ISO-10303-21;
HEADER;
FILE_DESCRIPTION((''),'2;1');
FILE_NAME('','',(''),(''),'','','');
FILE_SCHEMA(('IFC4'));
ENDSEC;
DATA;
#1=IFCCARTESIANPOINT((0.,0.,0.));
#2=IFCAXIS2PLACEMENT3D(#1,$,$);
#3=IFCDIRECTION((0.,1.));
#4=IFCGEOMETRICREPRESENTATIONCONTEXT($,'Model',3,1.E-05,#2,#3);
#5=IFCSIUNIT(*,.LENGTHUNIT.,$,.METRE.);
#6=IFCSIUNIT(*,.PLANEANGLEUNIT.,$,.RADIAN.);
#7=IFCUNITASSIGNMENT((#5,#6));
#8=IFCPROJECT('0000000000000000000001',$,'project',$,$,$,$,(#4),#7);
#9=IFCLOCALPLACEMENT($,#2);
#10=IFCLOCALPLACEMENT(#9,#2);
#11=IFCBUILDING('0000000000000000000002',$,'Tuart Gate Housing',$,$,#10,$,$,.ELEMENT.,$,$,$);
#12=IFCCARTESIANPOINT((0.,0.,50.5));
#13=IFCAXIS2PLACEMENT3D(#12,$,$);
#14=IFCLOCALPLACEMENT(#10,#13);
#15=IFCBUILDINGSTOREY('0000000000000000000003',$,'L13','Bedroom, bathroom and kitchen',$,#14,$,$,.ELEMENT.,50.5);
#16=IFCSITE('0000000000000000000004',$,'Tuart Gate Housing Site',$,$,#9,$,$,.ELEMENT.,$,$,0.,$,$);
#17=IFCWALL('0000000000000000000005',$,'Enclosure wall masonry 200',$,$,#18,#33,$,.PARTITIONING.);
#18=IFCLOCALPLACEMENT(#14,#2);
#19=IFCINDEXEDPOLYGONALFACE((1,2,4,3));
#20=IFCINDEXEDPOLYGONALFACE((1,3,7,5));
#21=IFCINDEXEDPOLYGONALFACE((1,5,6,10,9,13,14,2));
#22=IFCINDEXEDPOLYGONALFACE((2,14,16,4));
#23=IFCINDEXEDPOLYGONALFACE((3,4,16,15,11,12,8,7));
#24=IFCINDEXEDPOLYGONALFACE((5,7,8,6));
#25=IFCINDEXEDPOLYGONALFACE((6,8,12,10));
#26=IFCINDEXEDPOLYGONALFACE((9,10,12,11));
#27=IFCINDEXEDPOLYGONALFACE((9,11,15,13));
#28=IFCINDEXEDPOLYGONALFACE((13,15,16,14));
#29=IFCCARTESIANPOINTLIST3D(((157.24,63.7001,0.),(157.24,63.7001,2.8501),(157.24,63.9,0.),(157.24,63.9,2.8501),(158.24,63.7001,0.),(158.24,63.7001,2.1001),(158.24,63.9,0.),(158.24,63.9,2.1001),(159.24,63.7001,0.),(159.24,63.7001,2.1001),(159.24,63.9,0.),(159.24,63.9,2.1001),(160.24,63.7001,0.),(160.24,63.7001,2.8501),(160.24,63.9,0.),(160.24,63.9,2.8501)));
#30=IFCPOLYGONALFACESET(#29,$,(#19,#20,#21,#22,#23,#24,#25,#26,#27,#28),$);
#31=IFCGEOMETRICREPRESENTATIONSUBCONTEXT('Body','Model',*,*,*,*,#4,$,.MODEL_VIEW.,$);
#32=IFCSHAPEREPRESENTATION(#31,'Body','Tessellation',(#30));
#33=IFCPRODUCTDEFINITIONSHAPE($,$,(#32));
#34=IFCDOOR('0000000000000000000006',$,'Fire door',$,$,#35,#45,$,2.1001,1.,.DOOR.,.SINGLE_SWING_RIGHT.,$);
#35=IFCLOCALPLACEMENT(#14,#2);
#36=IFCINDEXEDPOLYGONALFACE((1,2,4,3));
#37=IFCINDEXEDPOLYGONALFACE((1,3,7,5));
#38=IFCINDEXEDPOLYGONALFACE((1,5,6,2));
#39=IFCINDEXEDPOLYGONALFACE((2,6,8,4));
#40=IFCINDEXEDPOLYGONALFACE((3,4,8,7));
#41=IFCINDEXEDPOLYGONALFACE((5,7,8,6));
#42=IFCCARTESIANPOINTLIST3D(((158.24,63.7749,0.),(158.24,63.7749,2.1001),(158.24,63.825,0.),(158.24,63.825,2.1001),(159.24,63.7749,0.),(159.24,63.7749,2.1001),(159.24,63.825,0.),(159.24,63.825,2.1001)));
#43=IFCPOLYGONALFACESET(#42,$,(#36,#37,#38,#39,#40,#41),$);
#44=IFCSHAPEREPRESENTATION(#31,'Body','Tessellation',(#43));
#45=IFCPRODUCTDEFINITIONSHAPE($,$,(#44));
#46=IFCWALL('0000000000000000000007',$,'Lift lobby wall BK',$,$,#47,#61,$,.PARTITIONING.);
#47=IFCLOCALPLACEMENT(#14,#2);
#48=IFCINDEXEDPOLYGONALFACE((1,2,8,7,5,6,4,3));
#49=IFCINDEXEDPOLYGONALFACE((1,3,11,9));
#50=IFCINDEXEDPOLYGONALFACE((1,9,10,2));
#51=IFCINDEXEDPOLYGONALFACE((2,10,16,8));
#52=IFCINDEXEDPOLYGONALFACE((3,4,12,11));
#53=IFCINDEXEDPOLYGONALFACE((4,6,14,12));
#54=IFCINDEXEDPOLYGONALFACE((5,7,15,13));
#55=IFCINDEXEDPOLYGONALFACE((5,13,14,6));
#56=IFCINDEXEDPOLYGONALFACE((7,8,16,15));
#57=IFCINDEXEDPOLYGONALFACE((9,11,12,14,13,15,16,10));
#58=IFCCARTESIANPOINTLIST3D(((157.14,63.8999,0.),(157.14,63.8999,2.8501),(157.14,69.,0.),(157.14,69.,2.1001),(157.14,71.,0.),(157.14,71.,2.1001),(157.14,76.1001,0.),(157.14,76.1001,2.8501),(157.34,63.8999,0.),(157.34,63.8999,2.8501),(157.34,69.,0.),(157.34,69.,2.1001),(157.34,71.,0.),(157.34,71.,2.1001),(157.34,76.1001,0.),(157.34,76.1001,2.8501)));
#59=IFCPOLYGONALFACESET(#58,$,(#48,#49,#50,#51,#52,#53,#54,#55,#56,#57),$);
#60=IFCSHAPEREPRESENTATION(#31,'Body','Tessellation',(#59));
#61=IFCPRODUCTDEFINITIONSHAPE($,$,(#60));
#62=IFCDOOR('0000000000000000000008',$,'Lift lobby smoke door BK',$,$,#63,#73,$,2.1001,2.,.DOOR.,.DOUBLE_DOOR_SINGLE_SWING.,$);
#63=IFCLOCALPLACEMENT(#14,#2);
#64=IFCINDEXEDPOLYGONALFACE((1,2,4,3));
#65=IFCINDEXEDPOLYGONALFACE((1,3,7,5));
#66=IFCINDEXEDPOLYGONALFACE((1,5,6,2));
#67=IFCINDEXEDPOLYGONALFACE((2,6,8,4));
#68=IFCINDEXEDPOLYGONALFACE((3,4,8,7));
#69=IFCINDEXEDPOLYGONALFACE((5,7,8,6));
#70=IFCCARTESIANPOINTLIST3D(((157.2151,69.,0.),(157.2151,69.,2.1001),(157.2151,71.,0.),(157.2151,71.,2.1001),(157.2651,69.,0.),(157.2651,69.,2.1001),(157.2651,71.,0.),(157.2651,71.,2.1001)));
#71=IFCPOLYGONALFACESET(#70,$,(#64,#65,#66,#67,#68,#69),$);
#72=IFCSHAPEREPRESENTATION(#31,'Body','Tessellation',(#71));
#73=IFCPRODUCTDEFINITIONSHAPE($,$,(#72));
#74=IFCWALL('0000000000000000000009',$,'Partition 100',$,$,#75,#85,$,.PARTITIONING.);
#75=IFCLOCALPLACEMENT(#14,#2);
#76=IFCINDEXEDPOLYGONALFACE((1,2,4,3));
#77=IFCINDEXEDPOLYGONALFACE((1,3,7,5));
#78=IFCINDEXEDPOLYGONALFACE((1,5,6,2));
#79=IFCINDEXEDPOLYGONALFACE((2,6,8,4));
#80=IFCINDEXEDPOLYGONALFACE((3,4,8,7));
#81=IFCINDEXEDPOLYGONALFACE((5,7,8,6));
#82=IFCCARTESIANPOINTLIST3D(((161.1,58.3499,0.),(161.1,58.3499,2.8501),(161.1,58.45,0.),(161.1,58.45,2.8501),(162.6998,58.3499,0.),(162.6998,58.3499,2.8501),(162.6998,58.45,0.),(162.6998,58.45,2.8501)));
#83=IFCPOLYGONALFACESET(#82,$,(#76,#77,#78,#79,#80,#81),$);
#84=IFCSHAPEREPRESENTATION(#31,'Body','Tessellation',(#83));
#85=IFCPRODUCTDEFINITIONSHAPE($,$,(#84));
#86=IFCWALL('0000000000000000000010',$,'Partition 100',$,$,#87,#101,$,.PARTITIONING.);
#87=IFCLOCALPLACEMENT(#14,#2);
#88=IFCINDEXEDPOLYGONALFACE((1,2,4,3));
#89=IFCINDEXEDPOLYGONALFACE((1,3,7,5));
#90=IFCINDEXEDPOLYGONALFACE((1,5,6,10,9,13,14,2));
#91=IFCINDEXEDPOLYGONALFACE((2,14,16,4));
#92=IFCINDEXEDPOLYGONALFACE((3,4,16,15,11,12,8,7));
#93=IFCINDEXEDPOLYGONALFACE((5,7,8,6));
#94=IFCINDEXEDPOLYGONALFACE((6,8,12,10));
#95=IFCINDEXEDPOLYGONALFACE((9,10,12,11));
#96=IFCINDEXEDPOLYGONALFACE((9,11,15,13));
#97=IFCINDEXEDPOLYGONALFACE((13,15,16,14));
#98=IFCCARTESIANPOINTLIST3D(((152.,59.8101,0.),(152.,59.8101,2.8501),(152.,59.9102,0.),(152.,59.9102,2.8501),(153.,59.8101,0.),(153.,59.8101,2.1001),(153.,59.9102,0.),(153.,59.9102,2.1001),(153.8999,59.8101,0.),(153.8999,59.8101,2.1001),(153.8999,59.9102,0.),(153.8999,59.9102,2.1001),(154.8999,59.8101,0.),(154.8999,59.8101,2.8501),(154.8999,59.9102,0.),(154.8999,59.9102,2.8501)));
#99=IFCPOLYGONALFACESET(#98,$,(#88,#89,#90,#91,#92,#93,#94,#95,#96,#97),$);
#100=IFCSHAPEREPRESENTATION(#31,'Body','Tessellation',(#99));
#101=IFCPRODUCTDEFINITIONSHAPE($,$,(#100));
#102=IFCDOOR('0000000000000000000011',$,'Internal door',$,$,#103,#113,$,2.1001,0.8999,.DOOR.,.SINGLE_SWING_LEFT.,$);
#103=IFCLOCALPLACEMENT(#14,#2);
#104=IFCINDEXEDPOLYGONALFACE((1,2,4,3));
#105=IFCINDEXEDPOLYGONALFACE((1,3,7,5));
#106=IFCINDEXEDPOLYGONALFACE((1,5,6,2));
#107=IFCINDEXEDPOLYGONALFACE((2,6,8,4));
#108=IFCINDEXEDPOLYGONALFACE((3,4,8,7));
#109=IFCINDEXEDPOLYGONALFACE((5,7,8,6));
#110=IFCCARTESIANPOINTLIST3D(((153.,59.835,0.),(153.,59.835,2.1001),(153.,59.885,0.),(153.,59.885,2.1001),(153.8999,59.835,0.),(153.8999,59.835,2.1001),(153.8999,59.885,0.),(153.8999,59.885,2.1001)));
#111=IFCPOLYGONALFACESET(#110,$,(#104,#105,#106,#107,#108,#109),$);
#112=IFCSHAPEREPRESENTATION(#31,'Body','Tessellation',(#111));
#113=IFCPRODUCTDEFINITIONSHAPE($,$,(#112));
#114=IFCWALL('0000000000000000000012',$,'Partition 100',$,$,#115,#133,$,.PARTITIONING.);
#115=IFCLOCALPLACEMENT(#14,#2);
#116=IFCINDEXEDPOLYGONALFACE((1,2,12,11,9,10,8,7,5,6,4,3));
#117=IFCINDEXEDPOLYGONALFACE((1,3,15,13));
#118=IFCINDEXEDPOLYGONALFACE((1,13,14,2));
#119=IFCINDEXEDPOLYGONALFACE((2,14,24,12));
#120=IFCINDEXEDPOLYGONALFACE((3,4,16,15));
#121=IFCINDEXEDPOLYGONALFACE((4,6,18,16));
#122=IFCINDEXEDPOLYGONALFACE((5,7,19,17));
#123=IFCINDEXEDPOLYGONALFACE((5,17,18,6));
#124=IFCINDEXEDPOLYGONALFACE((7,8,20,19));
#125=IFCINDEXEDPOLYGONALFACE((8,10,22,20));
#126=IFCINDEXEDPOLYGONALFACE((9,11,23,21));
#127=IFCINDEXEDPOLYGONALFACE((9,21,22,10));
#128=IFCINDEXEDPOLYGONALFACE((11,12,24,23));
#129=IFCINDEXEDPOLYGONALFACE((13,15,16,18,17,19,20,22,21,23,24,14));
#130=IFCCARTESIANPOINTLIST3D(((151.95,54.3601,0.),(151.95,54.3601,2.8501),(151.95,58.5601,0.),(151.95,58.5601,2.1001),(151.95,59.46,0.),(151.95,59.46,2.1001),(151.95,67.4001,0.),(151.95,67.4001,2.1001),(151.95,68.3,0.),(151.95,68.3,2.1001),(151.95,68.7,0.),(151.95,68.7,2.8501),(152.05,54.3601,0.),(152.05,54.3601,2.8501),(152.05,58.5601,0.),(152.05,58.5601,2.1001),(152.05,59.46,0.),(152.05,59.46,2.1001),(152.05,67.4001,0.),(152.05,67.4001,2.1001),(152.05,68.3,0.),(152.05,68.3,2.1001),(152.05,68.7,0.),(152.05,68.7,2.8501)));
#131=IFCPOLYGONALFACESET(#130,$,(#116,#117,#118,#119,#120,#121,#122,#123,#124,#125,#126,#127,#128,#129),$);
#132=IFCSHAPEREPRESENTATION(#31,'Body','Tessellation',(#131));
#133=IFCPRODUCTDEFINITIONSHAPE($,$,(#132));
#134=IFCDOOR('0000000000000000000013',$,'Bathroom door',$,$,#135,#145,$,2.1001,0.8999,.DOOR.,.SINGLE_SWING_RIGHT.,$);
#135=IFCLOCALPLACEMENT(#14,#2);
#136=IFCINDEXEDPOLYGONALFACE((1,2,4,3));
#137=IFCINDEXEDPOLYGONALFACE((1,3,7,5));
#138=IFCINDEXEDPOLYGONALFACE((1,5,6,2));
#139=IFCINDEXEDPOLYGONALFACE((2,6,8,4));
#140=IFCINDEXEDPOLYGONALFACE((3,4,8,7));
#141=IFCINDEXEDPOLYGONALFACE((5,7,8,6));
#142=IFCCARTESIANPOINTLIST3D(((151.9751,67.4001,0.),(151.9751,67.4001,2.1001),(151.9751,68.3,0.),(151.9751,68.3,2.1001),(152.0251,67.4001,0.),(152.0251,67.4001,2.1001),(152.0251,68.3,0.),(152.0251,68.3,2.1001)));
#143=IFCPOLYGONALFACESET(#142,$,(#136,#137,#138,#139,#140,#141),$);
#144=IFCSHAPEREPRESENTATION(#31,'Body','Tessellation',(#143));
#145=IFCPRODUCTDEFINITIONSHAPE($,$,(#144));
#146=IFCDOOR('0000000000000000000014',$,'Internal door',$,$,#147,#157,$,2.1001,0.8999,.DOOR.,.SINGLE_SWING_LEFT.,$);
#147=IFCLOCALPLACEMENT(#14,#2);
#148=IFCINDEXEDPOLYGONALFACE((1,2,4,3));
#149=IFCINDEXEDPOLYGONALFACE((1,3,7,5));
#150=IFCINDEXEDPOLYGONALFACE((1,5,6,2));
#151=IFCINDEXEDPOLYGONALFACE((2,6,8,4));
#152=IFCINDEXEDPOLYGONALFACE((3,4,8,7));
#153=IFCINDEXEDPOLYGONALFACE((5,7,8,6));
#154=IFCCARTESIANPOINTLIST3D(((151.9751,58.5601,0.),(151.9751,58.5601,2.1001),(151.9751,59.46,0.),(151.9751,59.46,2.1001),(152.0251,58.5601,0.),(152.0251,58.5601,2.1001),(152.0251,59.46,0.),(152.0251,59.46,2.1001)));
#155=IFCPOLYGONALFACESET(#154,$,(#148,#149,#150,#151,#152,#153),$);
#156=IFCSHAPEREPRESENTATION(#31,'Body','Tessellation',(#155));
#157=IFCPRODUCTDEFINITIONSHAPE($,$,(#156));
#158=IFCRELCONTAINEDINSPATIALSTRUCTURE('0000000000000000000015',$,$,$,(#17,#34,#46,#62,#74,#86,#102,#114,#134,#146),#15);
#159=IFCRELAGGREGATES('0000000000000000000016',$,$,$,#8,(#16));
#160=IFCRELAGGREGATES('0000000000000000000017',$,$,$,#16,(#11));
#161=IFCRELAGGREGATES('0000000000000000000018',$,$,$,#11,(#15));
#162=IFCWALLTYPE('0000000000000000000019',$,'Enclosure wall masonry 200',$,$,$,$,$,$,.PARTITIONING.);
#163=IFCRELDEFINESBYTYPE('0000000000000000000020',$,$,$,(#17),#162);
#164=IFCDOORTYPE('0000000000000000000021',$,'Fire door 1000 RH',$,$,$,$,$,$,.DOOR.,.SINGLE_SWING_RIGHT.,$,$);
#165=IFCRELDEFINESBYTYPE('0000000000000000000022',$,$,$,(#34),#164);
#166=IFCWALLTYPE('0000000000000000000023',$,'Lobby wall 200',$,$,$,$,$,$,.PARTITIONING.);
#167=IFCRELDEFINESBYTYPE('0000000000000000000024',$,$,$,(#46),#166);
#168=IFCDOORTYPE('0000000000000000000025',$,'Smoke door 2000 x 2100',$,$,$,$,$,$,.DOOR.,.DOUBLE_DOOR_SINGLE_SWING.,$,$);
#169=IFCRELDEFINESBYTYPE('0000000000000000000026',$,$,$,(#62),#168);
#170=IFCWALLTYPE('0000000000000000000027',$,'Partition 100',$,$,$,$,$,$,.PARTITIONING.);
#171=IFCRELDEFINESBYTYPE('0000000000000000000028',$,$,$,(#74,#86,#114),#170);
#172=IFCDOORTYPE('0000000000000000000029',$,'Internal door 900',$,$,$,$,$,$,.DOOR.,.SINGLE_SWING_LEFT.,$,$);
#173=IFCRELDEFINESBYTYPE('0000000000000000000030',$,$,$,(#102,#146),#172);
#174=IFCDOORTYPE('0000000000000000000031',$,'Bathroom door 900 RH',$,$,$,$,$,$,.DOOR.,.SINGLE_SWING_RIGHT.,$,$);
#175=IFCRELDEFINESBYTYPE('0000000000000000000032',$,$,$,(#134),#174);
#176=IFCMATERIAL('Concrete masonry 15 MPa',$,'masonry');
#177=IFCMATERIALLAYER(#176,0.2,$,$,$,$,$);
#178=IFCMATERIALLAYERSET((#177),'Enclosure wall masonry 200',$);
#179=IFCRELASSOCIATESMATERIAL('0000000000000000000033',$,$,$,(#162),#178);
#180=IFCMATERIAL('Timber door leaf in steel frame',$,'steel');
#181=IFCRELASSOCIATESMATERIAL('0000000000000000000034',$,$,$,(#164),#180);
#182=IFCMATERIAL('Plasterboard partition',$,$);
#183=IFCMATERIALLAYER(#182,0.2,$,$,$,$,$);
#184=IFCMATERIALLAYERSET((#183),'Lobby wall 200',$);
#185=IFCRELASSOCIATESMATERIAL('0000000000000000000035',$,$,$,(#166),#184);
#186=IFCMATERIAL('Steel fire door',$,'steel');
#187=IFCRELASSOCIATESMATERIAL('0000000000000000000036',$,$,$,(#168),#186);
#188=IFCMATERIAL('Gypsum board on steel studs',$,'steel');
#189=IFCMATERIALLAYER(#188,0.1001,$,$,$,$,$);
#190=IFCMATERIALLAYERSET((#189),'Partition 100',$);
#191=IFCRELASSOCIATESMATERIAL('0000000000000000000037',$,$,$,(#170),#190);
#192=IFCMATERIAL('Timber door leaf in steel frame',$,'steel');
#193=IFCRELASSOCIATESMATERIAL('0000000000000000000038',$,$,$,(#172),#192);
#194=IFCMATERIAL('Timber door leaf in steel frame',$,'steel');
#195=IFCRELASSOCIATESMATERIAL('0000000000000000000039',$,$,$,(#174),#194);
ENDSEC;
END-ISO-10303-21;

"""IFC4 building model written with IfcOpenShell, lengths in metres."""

from ifc_helpers import new_model, si_unit, direction, frame, frame_2d, origin, place, context, subcontext, project, spatial, rectangle, extrude, material, layer, layer_set, type_object, element, fill, save


model = new_model("IFC4")

# Units and contexts
model_context = context("Model", 3, precision=1e-05, world=origin(), true_north=direction((0.0, 1.0)))
body_context = subcontext(model_context, "Body", "Model", "MODEL_VIEW")
ifc_project = project(units=[si_unit("LENGTHUNIT", "METRE"), si_unit("PLANEANGLEUNIT", "RADIAN")], contexts=[model_context])

# Site, building, storey
site_placement = place(None, origin())
site = spatial("IfcSite", under=ifc_project, at=site_placement, Name="Tuart Gate Housing Site", CompositionType="ELEMENT", RefElevation=0.0)
building_placement = place(site_placement, origin())
building = spatial("IfcBuilding", under=site, at=building_placement, Name="Tuart Gate Housing", CompositionType="ELEMENT")
storey_placement = place(building_placement, frame((0.0, 0.0, 50.5)))
storey = spatial("IfcBuildingStorey", under=building, at=storey_placement, Name="L13", Description="Bedroom, bathroom and kitchen", CompositionType="ELEMENT", Elevation=50.5)

# Walls, openings, doors
ifc_material_1 = material(Name="Concrete masonry 15 MPa", Category="masonry")
ifc_layer_1 = layer(ifc_material_1, 0.2)
ifc_layer_set_1 = layer_set([ifc_layer_1], Name="Enclosure wall masonry 200")
wall_type_1 = type_object("IfcWallType", Name="Enclosure wall masonry 200", PredefinedType="PARTITIONING", material=ifc_layer_set_1)
wall_1_placement = place(storey_placement, frame((157.24, 63.8, 0.0), z_axis=(0.0, 0.0, 1.0), x_axis=(1.0, 0.0, 0.0)))
wall_1 = element("IfcWall", 1, at=wall_1_placement, inside=storey, type_object=wall_type_1, Name="Enclosure wall masonry 200", PredefinedType="PARTITIONING", context=body_context, shape_type="SweptSolid", body=[
    extrude(rectangle(XDim=3.0, YDim=0.2, at=frame_2d((1.5, 0.0))), origin(), (0.0, 0.0, 1.0), 2.8501),
])
opening_1_placement = place(wall_1_placement, frame((1.0, 0.0, 0.0)))
opening_1 = element("IfcOpeningElement", 2, at=opening_1_placement, cuts=wall_1, PredefinedType="OPENING", context=body_context, shape_type="SweptSolid", body=[
    extrude(rectangle(XDim=1.0, YDim=2.1001, at=frame_2d((0.5, 1.05))), frame((0.0, 0.1099, 0.0), z_axis=(0.0, -1.0, 0.0), x_axis=(1.0, 0.0, 0.0)), (0.0, 0.0, 1.0), 0.22),
])
ifc_material_2 = material(Name="Timber door leaf in steel frame", Category="steel")
door_type_1 = type_object("IfcDoorType", Name="Fire door 1000 RH", OperationType="SINGLE_SWING_RIGHT", PredefinedType="DOOR", material=ifc_material_2)
door_1_placement = place(opening_1_placement, frame((1.0, 0.0, 0.0), z_axis=(0.0, 0.0, 1.0), x_axis=(-1.0, 0.0, 0.0)))
door_1 = element("IfcDoor", 3, at=door_1_placement, inside=storey, type_object=door_type_1, Name="Fire door", OperationType="SINGLE_SWING_RIGHT", OverallHeight=2.1001, OverallWidth=1.0, PredefinedType="DOOR", context=body_context, shape_type="SweptSolid", body=[
    extrude(rectangle(XDim=1.0, YDim=2.1001, at=frame_2d((0.5, 1.05))), frame((0.0, 0.0251, 0.0), z_axis=(0.0, -1.0, 0.0), x_axis=(1.0, 0.0, 0.0)), (0.0, 0.0, 1.0), 0.05),
])
fill(opening_1, door_1)
ifc_material_3 = material(Name="Plasterboard partition")
ifc_layer_2 = layer(ifc_material_3, 0.2)
ifc_layer_set_2 = layer_set([ifc_layer_2], Name="Lobby wall 200")
wall_type_2 = type_object("IfcWallType", Name="Lobby wall 200", PredefinedType="PARTITIONING", material=ifc_layer_set_2)
wall_2_placement = place(storey_placement, frame((157.24, 63.8999, 0.0), z_axis=(0.0, 0.0, 1.0), x_axis=(0.0, 1.0, 0.0)))
wall_2 = element("IfcWall", 4, at=wall_2_placement, inside=storey, type_object=wall_type_2, Name="Lift lobby wall BK", PredefinedType="PARTITIONING", context=body_context, shape_type="SweptSolid", body=[
    extrude(rectangle(XDim=12.2002, YDim=0.2, at=frame_2d((6.1001, 0.0))), origin(), (0.0, 0.0, 1.0), 2.8501),
])
opening_2_placement = place(wall_2_placement, frame((5.1001, 0.0, 0.0)))
opening_2 = element("IfcOpeningElement", 5, at=opening_2_placement, cuts=wall_2, PredefinedType="OPENING", context=body_context, shape_type="SweptSolid", body=[
    extrude(rectangle(XDim=2.0, YDim=2.1001, at=frame_2d((1.0, 1.05))), frame((0.0, 0.1099, 0.0), z_axis=(0.0, -1.0, 0.0), x_axis=(1.0, 0.0, 0.0)), (0.0, 0.0, 1.0), 0.22),
])
ifc_material_4 = material(Name="Steel fire door", Category="steel")
door_type_2 = type_object("IfcDoorType", Name="Smoke door 2000 x 2100", OperationType="DOUBLE_DOOR_SINGLE_SWING", PredefinedType="DOOR", material=ifc_material_4)
door_2_placement = place(opening_2_placement, frame((2.0, 0.0, 0.0), z_axis=(0.0, 0.0, 1.0), x_axis=(-1.0, 0.0, 0.0)))
door_2 = element("IfcDoor", 6, at=door_2_placement, inside=storey, type_object=door_type_2, Name="Lift lobby smoke door BK", OperationType="DOUBLE_DOOR_SINGLE_SWING", OverallHeight=2.1001, OverallWidth=2.0, PredefinedType="DOOR", context=body_context, shape_type="SweptSolid", body=[
    extrude(rectangle(XDim=2.0, YDim=2.1001, at=frame_2d((1.0, 1.05))), frame((0.0, 0.0251, 0.0), z_axis=(0.0, -1.0, 0.0), x_axis=(1.0, 0.0, 0.0)), (0.0, 0.0, 1.0), 0.05),
])
fill(opening_2, door_2)

# Wall
ifc_material_5 = material(Name="Gypsum board on steel studs", Category="steel")
ifc_layer_3 = layer(ifc_material_5, 0.1001)
ifc_layer_set_3 = layer_set([ifc_layer_3], Name="Partition 100")
wall_type_3 = type_object("IfcWallType", Name="Partition 100", PredefinedType="PARTITIONING", material=ifc_layer_set_3)
wall_3_placement = place(storey_placement, frame((161.1001, 58.3999, 0.0), z_axis=(0.0, 0.0, 1.0), x_axis=(1.0, 0.0, 0.0)))
element("IfcWall", 7, at=wall_3_placement, inside=storey, type_object=wall_type_3, Name="Partition 100", PredefinedType="PARTITIONING", context=body_context, shape_type="SweptSolid", body=[
    extrude(rectangle(XDim=1.5999, YDim=0.1001, at=frame_2d((0.7998, 0.0))), origin(), (0.0, 0.0, 1.0), 2.8501),
])

# Wall, opening, door
wall_4_placement = place(storey_placement, frame((152.0, 59.8601, 0.0), z_axis=(0.0, 0.0, 1.0), x_axis=(1.0, 0.0, 0.0)))
wall_4 = element("IfcWall", 8, at=wall_4_placement, inside=storey, type_object=wall_type_3, Name="Partition 100", PredefinedType="PARTITIONING", context=body_context, shape_type="SweptSolid", body=[
    extrude(rectangle(XDim=2.8999, YDim=0.1001, at=frame_2d((1.45, 0.0))), origin(), (0.0, 0.0, 1.0), 2.8501),
])
opening_3_placement = place(wall_4_placement, frame((1.0, 0.0, 0.0)))
opening_3 = element("IfcOpeningElement", 9, at=opening_3_placement, cuts=wall_4, PredefinedType="OPENING", context=body_context, shape_type="SweptSolid", body=[
    extrude(rectangle(XDim=0.8999, YDim=2.1001, at=frame_2d((0.45, 1.05))), frame((0.0, 0.0601, 0.0), z_axis=(0.0, -1.0, 0.0), x_axis=(1.0, 0.0, 0.0)), (0.0, 0.0, 1.0), 0.1201),
])
ifc_material_6 = material(Name="Timber door leaf in steel frame", Category="steel")
door_type_3 = type_object("IfcDoorType", Name="Internal door 900", OperationType="SINGLE_SWING_LEFT", PredefinedType="DOOR", material=ifc_material_6)
door_3_placement = place(opening_3_placement, origin())
door_3 = element("IfcDoor", 10, at=door_3_placement, inside=storey, type_object=door_type_3, Name="Internal door", OperationType="SINGLE_SWING_LEFT", OverallHeight=2.1001, OverallWidth=0.8999, PredefinedType="DOOR", context=body_context, shape_type="SweptSolid", body=[
    extrude(rectangle(XDim=0.8999, YDim=2.1001, at=frame_2d((0.45, 1.05))), frame((0.0, 0.0249, 0.0), z_axis=(0.0, -1.0, 0.0), x_axis=(1.0, 0.0, 0.0)), (0.0, 0.0, 1.0), 0.05),
])
fill(opening_3, door_3)

# Wall, openings, doors
wall_5_placement = place(storey_placement, frame((152.0, 54.3601, 0.0), z_axis=(0.0, 0.0, 1.0), x_axis=(0.0, 1.0, 0.0)))
wall_5 = element("IfcWall", 11, at=wall_5_placement, inside=storey, type_object=wall_type_3, Name="Partition 100", PredefinedType="PARTITIONING", context=body_context, shape_type="SweptSolid", body=[
    extrude(rectangle(XDim=14.3398, YDim=0.1001, at=frame_2d((7.1699, 0.0))), origin(), (0.0, 0.0, 1.0), 2.8501),
])
opening_4_placement = place(wall_5_placement, frame((4.2, 0.0, 0.0)))
opening_4 = element("IfcOpeningElement", 12, at=opening_4_placement, cuts=wall_5, PredefinedType="OPENING", context=body_context, shape_type="SweptSolid", body=[
    extrude(rectangle(XDim=0.8999, YDim=2.1001, at=frame_2d((0.45, 1.05))), frame((0.0, 0.0601, 0.0), z_axis=(0.0, -1.0, 0.0), x_axis=(1.0, 0.0, 0.0)), (0.0, 0.0, 1.0), 0.1201),
])
opening_5_placement = place(wall_5_placement, frame((13.04, 0.0, 0.0)))
opening_5 = element("IfcOpeningElement", 13, at=opening_5_placement, cuts=wall_5, PredefinedType="OPENING", context=body_context, shape_type="SweptSolid", body=[
    extrude(rectangle(XDim=0.8999, YDim=2.1001, at=frame_2d((0.45, 1.05))), frame((0.0, 0.0601, 0.0), z_axis=(0.0, -1.0, 0.0), x_axis=(1.0, 0.0, 0.0)), (0.0, 0.0, 1.0), 0.1201),
])
ifc_material_7 = material(Name="Timber door leaf in steel frame", Category="steel")
door_type_4 = type_object("IfcDoorType", Name="Bathroom door 900 RH", OperationType="SINGLE_SWING_RIGHT", PredefinedType="DOOR", material=ifc_material_7)
door_4_placement = place(opening_5_placement, origin())
door_4 = element("IfcDoor", 14, at=door_4_placement, inside=storey, type_object=door_type_4, Name="Bathroom door", OperationType="SINGLE_SWING_RIGHT", OverallHeight=2.1001, OverallWidth=0.8999, PredefinedType="DOOR", context=body_context, shape_type="SweptSolid", body=[
    extrude(rectangle(XDim=0.8999, YDim=2.1001, at=frame_2d((0.45, 1.05))), frame((0.0, 0.0249, 0.0), z_axis=(0.0, -1.0, 0.0), x_axis=(1.0, 0.0, 0.0)), (0.0, 0.0, 1.0), 0.05),
])
fill(opening_5, door_4)
door_5_placement = place(opening_4_placement, origin())
door_5 = element("IfcDoor", 15, at=door_5_placement, inside=storey, type_object=door_type_3, Name="Internal door", OperationType="SINGLE_SWING_LEFT", OverallHeight=2.1001, OverallWidth=0.8999, PredefinedType="DOOR", context=body_context, shape_type="SweptSolid", body=[
    extrude(rectangle(XDim=0.8999, YDim=2.1001, at=frame_2d((0.45, 1.05))), frame((0.0, 0.0249, 0.0), z_axis=(0.0, -1.0, 0.0), x_axis=(1.0, 0.0, 0.0)), (0.0, 0.0, 1.0), 0.05),
])
fill(opening_4, door_5)

save(model, "model.ifc")
